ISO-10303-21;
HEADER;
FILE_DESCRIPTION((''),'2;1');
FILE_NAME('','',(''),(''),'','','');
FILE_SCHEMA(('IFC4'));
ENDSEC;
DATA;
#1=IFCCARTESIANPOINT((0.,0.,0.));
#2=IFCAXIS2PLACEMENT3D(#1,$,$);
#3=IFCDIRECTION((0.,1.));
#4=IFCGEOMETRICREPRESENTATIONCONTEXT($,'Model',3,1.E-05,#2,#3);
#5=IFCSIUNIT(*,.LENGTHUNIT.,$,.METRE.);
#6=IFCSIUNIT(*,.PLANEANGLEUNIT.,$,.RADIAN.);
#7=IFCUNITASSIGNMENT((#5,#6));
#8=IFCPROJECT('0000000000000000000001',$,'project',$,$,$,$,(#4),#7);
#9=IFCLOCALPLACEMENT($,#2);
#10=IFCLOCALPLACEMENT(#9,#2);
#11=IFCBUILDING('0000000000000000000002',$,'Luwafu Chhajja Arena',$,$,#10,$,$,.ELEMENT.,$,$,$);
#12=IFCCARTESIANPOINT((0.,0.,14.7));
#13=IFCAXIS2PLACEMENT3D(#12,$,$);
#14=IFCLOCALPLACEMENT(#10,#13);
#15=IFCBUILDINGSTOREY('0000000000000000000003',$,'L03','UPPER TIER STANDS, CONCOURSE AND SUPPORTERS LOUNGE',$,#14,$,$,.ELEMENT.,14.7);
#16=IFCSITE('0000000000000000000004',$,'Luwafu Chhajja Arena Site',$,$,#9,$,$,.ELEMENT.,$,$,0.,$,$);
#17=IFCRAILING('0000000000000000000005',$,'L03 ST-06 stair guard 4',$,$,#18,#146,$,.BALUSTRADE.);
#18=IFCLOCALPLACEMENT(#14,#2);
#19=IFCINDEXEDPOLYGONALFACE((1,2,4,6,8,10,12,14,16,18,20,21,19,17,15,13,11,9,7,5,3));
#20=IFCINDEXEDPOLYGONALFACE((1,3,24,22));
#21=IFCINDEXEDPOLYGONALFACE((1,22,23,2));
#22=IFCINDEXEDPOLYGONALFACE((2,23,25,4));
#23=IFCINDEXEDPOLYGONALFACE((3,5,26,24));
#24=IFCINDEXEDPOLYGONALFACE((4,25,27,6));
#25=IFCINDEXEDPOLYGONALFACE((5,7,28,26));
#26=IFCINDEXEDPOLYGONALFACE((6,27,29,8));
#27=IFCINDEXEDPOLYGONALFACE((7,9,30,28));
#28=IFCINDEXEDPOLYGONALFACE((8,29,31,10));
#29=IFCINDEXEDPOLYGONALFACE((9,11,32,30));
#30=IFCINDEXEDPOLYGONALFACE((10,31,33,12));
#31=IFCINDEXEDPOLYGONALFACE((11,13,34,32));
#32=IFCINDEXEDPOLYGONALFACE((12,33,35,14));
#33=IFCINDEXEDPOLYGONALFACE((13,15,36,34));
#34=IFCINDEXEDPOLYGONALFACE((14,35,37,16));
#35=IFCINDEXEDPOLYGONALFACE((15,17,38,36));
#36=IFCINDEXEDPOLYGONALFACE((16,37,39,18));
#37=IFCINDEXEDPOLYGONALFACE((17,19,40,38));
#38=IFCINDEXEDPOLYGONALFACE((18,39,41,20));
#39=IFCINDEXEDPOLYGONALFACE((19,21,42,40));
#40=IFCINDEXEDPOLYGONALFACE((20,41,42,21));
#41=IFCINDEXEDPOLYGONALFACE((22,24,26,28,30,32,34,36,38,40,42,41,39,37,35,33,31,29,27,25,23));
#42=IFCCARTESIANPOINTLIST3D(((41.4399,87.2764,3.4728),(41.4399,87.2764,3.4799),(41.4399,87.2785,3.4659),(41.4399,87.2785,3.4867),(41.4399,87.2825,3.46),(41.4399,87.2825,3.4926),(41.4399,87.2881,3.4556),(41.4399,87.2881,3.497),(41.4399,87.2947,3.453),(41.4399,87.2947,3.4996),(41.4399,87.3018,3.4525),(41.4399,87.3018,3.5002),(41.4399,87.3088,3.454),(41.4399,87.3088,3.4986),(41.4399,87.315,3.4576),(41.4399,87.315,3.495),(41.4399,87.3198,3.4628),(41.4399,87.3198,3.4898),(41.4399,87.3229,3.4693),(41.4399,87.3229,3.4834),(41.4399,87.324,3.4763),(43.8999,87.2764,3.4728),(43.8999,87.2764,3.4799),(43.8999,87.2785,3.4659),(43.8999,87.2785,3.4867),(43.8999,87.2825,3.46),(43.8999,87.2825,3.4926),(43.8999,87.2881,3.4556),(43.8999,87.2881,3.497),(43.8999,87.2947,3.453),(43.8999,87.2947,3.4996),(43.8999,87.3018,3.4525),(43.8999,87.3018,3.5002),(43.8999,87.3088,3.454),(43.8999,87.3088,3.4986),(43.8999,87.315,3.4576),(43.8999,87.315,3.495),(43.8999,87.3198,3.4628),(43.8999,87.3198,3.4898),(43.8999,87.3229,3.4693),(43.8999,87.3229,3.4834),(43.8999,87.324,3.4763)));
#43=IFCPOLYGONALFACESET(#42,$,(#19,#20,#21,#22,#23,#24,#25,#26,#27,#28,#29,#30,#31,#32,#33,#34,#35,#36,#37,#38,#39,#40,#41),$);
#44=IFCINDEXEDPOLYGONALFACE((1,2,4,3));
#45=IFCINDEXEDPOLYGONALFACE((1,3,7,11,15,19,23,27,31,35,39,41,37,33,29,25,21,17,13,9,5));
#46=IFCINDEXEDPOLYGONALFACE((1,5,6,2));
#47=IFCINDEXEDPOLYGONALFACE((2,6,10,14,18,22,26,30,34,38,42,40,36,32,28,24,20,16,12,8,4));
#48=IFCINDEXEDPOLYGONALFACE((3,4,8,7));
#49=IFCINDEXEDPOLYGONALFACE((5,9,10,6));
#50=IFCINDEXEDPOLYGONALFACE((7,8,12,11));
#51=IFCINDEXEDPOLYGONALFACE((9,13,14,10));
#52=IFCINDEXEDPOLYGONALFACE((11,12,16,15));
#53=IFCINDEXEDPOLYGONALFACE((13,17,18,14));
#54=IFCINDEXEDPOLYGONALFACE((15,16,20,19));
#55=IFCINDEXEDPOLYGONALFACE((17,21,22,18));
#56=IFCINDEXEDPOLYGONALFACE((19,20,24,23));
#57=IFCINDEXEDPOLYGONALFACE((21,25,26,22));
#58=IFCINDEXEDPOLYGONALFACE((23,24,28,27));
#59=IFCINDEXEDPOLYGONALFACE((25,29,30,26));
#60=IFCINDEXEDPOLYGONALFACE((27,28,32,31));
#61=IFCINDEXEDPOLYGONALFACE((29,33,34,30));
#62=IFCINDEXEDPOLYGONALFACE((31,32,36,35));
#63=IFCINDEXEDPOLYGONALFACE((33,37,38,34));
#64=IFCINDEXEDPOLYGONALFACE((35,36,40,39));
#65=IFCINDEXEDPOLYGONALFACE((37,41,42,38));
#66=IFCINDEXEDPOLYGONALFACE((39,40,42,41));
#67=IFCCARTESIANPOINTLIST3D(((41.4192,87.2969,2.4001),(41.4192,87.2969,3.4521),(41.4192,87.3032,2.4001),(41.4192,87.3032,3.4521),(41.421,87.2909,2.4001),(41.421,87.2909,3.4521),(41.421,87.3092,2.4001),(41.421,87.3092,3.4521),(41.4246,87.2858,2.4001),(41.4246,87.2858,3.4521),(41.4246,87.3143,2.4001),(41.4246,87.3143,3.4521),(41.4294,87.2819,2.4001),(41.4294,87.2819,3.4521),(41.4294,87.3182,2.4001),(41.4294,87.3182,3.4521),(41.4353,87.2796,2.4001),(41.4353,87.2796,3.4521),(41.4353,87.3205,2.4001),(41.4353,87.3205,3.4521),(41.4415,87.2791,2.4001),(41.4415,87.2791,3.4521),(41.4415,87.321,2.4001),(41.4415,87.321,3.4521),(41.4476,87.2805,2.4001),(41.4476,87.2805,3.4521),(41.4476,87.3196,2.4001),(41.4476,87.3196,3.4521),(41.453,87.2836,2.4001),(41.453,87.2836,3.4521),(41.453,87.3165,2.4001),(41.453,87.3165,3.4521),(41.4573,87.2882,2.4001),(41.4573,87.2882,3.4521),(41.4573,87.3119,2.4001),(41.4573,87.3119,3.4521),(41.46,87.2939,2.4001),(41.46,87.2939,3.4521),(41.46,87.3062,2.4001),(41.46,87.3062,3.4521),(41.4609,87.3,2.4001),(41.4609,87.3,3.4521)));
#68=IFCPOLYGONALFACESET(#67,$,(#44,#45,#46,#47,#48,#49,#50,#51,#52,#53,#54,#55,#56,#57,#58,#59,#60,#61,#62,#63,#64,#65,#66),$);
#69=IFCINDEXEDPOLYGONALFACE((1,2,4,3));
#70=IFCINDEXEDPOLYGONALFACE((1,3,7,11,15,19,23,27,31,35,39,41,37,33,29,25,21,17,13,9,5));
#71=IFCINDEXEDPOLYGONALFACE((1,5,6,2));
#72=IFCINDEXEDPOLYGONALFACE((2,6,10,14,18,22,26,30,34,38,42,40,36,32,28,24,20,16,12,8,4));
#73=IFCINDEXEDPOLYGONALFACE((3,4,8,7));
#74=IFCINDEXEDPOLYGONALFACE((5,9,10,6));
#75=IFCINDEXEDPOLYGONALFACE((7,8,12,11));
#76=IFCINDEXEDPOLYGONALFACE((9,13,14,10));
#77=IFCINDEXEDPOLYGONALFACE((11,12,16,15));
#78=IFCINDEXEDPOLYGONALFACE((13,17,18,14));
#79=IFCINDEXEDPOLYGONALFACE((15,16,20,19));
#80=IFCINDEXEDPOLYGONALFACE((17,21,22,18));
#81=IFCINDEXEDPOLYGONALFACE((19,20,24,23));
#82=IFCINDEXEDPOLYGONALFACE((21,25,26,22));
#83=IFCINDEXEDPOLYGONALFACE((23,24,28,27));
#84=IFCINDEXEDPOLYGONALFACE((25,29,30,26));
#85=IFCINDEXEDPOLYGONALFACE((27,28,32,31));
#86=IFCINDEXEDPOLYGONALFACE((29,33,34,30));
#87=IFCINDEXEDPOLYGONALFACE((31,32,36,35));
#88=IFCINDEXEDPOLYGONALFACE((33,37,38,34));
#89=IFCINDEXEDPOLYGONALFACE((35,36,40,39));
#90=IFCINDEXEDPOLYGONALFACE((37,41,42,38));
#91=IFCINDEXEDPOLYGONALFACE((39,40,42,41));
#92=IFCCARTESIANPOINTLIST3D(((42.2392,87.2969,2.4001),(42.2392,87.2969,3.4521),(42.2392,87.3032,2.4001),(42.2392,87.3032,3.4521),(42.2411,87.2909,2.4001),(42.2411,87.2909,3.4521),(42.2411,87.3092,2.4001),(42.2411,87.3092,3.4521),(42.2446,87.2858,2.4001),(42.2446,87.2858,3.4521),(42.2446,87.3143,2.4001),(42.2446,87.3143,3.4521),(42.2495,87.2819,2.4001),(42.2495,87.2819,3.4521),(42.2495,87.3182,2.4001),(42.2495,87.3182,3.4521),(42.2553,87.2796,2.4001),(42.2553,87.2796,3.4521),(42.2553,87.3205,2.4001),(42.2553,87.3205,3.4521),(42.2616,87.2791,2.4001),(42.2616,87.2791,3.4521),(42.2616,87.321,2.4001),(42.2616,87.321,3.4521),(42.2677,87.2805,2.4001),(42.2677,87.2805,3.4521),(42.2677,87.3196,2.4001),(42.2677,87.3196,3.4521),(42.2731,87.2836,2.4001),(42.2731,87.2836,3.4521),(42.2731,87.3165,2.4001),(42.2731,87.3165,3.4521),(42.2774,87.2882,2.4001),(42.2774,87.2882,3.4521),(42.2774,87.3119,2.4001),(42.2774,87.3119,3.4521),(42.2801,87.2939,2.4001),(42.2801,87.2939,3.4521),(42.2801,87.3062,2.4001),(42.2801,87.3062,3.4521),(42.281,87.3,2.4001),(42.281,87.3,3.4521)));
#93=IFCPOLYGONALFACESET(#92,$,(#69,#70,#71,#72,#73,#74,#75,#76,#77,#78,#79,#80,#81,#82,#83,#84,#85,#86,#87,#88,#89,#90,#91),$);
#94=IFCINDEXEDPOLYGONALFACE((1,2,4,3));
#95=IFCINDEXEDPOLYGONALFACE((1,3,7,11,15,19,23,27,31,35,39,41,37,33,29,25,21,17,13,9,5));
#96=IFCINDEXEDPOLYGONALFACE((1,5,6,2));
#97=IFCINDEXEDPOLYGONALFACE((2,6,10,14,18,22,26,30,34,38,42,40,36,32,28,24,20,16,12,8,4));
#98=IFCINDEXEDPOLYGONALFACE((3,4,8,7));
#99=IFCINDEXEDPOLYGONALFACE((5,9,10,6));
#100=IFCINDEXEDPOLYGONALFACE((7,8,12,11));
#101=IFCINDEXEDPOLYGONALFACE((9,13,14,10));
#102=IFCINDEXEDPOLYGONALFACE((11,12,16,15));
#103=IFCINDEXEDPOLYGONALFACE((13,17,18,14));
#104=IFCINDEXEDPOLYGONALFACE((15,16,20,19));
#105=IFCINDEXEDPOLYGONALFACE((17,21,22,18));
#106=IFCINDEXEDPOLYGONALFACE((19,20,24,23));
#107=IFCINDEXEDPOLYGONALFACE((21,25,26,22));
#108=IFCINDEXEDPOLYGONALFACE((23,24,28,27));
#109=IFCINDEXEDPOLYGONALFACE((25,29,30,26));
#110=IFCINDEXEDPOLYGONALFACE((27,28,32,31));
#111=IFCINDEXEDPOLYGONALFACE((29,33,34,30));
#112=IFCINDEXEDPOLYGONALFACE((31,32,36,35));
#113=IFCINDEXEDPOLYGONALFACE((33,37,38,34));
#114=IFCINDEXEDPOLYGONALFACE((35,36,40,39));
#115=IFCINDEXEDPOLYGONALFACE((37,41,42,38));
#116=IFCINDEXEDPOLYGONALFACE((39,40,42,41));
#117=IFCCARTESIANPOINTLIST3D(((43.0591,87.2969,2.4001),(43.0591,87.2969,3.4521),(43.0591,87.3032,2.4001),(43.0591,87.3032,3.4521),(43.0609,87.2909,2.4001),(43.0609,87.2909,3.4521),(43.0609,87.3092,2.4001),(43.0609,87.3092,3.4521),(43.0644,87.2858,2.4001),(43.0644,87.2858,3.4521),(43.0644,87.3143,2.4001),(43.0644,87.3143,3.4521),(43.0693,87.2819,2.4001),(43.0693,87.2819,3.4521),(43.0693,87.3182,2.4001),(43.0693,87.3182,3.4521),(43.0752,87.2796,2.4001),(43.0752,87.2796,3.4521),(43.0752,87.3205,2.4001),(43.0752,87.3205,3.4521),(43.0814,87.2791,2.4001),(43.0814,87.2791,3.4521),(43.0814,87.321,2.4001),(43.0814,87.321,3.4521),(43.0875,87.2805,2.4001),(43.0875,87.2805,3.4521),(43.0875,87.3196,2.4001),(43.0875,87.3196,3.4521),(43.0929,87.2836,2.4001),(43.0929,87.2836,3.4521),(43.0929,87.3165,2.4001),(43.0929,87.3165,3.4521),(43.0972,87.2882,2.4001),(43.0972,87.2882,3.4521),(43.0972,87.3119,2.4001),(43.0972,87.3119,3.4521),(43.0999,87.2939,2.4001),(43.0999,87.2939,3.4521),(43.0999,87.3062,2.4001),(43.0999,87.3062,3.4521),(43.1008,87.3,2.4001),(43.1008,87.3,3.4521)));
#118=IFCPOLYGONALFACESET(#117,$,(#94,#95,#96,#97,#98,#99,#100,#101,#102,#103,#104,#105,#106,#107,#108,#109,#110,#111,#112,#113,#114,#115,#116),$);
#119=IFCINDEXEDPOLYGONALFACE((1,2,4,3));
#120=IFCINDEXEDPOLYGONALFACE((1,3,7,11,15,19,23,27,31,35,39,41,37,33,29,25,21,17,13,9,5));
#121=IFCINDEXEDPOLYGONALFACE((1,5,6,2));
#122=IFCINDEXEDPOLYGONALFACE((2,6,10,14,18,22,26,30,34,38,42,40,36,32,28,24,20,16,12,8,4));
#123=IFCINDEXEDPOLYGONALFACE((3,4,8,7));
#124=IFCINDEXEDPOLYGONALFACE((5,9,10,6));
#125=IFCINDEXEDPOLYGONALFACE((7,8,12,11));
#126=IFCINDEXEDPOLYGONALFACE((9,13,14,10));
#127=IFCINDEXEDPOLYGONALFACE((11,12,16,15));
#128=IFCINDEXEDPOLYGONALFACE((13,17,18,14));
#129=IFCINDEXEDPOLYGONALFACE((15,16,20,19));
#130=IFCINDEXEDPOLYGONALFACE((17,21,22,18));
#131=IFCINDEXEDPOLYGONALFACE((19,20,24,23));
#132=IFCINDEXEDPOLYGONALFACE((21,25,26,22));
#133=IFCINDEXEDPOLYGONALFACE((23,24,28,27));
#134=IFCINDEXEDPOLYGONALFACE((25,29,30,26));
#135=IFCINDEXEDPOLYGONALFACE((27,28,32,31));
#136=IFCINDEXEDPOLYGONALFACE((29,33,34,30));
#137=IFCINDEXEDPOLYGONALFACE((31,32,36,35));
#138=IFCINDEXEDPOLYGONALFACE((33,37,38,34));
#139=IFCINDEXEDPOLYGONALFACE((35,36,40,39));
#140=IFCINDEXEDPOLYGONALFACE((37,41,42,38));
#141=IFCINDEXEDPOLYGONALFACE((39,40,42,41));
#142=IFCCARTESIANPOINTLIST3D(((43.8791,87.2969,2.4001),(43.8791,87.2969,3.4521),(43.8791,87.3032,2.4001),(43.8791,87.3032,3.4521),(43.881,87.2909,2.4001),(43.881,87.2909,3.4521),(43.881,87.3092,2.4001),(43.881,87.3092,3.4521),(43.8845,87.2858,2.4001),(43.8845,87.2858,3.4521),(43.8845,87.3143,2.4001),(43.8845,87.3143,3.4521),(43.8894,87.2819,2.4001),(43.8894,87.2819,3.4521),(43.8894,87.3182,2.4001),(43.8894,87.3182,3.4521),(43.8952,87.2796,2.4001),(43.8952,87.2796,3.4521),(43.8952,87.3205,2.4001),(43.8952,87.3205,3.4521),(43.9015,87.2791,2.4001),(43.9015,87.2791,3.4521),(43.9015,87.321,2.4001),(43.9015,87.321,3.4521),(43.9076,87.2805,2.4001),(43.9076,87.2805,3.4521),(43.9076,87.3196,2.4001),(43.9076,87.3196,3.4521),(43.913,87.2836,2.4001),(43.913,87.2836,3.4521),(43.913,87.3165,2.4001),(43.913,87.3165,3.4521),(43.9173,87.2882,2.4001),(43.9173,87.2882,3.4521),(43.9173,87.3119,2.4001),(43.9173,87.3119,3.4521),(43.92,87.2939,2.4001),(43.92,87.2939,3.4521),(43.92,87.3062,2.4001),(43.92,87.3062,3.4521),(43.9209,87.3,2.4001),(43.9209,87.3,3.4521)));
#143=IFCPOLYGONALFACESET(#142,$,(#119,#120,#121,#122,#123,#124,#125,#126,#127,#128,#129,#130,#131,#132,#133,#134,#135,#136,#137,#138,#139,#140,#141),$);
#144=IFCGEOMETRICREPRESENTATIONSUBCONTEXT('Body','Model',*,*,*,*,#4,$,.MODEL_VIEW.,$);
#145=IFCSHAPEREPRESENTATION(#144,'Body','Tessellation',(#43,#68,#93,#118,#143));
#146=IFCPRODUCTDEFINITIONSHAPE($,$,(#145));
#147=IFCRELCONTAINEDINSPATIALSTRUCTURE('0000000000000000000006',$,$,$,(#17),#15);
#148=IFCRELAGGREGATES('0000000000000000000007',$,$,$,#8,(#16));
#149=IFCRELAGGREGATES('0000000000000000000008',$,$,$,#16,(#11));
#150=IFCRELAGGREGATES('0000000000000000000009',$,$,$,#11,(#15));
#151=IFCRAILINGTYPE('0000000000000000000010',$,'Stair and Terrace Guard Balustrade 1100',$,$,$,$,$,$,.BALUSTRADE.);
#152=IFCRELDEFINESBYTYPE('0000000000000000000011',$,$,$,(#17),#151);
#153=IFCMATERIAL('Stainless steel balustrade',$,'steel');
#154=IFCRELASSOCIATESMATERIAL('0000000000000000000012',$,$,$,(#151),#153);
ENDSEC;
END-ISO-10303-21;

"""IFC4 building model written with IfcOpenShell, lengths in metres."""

from ifc_helpers import new_model, si_unit, direction, frame, origin, origin_2d, place, context, subcontext, project, spatial, circle, extrude, material, type_object, element, save


model = new_model("IFC4")

# Units and contexts
model_context = context("Model", 3, precision=1e-05, world=origin(), true_north=direction((0.0, 1.0)))
body_context = subcontext(model_context, "Body", "Model", "MODEL_VIEW")
ifc_project = project(units=[si_unit("LENGTHUNIT", "METRE"), si_unit("PLANEANGLEUNIT", "RADIAN")], contexts=[model_context])

# Site, building, storey
site_placement = place(None, origin())
site = spatial("IfcSite", under=ifc_project, at=site_placement, Name="Luwafu Chhajja Arena Site", CompositionType="ELEMENT", RefElevation=0.0)
building_placement = place(site_placement, origin())
building = spatial("IfcBuilding", under=site, at=building_placement, Name="Luwafu Chhajja Arena", CompositionType="ELEMENT")
storey_placement = place(building_placement, frame((0.0, 0.0, 14.7)))
storey = spatial("IfcBuildingStorey", under=building, at=storey_placement, Name="L03", Description="UPPER TIER STANDS, CONCOURSE AND SUPPORTERS LOUNGE", CompositionType="ELEMENT", Elevation=14.7)

# Railing
ifc_material_1 = material(Name="Stainless steel balustrade", Category="steel")
railing_type_1 = type_object("IfcRailingType", Name="Stair and Terrace Guard Balustrade 1100", PredefinedType="BALUSTRADE", material=ifc_material_1)
railing_1_placement = place(storey_placement, frame((41.4399, 87.3, 2.4001)))
element("IfcRailing", 1, at=railing_1_placement, inside=storey, type_object=railing_type_1, Name="L03 ST-06 stair guard 4", PredefinedType="BALUSTRADE", context=body_context, shape_type="SweptSolid", body=[
    extrude(circle(Radius=0.0239, at=origin_2d()), frame((0.0, 0.0, 1.0762), z_axis=(1.0, 0.0, 0.0), x_axis=(0.0, 1.0, 0.0)), (0.0, 0.0, 1.0), 2.46),
    extrude(circle(Radius=0.021, at=origin_2d()), origin(), (0.0, 0.0, 1.0), 1.052),
    extrude(circle(Radius=0.021, at=origin_2d()), frame((0.8201, 0.0, 0.0)), (0.0, 0.0, 1.0), 1.052),
    extrude(circle(Radius=0.021, at=origin_2d()), frame((1.6399, 0.0, 0.0)), (0.0, 0.0, 1.0), 1.052),
    extrude(circle(Radius=0.021, at=origin_2d()), frame((2.46, 0.0, 0.0)), (0.0, 0.0, 1.0), 1.052),
])

save(model, "model.ifc")
